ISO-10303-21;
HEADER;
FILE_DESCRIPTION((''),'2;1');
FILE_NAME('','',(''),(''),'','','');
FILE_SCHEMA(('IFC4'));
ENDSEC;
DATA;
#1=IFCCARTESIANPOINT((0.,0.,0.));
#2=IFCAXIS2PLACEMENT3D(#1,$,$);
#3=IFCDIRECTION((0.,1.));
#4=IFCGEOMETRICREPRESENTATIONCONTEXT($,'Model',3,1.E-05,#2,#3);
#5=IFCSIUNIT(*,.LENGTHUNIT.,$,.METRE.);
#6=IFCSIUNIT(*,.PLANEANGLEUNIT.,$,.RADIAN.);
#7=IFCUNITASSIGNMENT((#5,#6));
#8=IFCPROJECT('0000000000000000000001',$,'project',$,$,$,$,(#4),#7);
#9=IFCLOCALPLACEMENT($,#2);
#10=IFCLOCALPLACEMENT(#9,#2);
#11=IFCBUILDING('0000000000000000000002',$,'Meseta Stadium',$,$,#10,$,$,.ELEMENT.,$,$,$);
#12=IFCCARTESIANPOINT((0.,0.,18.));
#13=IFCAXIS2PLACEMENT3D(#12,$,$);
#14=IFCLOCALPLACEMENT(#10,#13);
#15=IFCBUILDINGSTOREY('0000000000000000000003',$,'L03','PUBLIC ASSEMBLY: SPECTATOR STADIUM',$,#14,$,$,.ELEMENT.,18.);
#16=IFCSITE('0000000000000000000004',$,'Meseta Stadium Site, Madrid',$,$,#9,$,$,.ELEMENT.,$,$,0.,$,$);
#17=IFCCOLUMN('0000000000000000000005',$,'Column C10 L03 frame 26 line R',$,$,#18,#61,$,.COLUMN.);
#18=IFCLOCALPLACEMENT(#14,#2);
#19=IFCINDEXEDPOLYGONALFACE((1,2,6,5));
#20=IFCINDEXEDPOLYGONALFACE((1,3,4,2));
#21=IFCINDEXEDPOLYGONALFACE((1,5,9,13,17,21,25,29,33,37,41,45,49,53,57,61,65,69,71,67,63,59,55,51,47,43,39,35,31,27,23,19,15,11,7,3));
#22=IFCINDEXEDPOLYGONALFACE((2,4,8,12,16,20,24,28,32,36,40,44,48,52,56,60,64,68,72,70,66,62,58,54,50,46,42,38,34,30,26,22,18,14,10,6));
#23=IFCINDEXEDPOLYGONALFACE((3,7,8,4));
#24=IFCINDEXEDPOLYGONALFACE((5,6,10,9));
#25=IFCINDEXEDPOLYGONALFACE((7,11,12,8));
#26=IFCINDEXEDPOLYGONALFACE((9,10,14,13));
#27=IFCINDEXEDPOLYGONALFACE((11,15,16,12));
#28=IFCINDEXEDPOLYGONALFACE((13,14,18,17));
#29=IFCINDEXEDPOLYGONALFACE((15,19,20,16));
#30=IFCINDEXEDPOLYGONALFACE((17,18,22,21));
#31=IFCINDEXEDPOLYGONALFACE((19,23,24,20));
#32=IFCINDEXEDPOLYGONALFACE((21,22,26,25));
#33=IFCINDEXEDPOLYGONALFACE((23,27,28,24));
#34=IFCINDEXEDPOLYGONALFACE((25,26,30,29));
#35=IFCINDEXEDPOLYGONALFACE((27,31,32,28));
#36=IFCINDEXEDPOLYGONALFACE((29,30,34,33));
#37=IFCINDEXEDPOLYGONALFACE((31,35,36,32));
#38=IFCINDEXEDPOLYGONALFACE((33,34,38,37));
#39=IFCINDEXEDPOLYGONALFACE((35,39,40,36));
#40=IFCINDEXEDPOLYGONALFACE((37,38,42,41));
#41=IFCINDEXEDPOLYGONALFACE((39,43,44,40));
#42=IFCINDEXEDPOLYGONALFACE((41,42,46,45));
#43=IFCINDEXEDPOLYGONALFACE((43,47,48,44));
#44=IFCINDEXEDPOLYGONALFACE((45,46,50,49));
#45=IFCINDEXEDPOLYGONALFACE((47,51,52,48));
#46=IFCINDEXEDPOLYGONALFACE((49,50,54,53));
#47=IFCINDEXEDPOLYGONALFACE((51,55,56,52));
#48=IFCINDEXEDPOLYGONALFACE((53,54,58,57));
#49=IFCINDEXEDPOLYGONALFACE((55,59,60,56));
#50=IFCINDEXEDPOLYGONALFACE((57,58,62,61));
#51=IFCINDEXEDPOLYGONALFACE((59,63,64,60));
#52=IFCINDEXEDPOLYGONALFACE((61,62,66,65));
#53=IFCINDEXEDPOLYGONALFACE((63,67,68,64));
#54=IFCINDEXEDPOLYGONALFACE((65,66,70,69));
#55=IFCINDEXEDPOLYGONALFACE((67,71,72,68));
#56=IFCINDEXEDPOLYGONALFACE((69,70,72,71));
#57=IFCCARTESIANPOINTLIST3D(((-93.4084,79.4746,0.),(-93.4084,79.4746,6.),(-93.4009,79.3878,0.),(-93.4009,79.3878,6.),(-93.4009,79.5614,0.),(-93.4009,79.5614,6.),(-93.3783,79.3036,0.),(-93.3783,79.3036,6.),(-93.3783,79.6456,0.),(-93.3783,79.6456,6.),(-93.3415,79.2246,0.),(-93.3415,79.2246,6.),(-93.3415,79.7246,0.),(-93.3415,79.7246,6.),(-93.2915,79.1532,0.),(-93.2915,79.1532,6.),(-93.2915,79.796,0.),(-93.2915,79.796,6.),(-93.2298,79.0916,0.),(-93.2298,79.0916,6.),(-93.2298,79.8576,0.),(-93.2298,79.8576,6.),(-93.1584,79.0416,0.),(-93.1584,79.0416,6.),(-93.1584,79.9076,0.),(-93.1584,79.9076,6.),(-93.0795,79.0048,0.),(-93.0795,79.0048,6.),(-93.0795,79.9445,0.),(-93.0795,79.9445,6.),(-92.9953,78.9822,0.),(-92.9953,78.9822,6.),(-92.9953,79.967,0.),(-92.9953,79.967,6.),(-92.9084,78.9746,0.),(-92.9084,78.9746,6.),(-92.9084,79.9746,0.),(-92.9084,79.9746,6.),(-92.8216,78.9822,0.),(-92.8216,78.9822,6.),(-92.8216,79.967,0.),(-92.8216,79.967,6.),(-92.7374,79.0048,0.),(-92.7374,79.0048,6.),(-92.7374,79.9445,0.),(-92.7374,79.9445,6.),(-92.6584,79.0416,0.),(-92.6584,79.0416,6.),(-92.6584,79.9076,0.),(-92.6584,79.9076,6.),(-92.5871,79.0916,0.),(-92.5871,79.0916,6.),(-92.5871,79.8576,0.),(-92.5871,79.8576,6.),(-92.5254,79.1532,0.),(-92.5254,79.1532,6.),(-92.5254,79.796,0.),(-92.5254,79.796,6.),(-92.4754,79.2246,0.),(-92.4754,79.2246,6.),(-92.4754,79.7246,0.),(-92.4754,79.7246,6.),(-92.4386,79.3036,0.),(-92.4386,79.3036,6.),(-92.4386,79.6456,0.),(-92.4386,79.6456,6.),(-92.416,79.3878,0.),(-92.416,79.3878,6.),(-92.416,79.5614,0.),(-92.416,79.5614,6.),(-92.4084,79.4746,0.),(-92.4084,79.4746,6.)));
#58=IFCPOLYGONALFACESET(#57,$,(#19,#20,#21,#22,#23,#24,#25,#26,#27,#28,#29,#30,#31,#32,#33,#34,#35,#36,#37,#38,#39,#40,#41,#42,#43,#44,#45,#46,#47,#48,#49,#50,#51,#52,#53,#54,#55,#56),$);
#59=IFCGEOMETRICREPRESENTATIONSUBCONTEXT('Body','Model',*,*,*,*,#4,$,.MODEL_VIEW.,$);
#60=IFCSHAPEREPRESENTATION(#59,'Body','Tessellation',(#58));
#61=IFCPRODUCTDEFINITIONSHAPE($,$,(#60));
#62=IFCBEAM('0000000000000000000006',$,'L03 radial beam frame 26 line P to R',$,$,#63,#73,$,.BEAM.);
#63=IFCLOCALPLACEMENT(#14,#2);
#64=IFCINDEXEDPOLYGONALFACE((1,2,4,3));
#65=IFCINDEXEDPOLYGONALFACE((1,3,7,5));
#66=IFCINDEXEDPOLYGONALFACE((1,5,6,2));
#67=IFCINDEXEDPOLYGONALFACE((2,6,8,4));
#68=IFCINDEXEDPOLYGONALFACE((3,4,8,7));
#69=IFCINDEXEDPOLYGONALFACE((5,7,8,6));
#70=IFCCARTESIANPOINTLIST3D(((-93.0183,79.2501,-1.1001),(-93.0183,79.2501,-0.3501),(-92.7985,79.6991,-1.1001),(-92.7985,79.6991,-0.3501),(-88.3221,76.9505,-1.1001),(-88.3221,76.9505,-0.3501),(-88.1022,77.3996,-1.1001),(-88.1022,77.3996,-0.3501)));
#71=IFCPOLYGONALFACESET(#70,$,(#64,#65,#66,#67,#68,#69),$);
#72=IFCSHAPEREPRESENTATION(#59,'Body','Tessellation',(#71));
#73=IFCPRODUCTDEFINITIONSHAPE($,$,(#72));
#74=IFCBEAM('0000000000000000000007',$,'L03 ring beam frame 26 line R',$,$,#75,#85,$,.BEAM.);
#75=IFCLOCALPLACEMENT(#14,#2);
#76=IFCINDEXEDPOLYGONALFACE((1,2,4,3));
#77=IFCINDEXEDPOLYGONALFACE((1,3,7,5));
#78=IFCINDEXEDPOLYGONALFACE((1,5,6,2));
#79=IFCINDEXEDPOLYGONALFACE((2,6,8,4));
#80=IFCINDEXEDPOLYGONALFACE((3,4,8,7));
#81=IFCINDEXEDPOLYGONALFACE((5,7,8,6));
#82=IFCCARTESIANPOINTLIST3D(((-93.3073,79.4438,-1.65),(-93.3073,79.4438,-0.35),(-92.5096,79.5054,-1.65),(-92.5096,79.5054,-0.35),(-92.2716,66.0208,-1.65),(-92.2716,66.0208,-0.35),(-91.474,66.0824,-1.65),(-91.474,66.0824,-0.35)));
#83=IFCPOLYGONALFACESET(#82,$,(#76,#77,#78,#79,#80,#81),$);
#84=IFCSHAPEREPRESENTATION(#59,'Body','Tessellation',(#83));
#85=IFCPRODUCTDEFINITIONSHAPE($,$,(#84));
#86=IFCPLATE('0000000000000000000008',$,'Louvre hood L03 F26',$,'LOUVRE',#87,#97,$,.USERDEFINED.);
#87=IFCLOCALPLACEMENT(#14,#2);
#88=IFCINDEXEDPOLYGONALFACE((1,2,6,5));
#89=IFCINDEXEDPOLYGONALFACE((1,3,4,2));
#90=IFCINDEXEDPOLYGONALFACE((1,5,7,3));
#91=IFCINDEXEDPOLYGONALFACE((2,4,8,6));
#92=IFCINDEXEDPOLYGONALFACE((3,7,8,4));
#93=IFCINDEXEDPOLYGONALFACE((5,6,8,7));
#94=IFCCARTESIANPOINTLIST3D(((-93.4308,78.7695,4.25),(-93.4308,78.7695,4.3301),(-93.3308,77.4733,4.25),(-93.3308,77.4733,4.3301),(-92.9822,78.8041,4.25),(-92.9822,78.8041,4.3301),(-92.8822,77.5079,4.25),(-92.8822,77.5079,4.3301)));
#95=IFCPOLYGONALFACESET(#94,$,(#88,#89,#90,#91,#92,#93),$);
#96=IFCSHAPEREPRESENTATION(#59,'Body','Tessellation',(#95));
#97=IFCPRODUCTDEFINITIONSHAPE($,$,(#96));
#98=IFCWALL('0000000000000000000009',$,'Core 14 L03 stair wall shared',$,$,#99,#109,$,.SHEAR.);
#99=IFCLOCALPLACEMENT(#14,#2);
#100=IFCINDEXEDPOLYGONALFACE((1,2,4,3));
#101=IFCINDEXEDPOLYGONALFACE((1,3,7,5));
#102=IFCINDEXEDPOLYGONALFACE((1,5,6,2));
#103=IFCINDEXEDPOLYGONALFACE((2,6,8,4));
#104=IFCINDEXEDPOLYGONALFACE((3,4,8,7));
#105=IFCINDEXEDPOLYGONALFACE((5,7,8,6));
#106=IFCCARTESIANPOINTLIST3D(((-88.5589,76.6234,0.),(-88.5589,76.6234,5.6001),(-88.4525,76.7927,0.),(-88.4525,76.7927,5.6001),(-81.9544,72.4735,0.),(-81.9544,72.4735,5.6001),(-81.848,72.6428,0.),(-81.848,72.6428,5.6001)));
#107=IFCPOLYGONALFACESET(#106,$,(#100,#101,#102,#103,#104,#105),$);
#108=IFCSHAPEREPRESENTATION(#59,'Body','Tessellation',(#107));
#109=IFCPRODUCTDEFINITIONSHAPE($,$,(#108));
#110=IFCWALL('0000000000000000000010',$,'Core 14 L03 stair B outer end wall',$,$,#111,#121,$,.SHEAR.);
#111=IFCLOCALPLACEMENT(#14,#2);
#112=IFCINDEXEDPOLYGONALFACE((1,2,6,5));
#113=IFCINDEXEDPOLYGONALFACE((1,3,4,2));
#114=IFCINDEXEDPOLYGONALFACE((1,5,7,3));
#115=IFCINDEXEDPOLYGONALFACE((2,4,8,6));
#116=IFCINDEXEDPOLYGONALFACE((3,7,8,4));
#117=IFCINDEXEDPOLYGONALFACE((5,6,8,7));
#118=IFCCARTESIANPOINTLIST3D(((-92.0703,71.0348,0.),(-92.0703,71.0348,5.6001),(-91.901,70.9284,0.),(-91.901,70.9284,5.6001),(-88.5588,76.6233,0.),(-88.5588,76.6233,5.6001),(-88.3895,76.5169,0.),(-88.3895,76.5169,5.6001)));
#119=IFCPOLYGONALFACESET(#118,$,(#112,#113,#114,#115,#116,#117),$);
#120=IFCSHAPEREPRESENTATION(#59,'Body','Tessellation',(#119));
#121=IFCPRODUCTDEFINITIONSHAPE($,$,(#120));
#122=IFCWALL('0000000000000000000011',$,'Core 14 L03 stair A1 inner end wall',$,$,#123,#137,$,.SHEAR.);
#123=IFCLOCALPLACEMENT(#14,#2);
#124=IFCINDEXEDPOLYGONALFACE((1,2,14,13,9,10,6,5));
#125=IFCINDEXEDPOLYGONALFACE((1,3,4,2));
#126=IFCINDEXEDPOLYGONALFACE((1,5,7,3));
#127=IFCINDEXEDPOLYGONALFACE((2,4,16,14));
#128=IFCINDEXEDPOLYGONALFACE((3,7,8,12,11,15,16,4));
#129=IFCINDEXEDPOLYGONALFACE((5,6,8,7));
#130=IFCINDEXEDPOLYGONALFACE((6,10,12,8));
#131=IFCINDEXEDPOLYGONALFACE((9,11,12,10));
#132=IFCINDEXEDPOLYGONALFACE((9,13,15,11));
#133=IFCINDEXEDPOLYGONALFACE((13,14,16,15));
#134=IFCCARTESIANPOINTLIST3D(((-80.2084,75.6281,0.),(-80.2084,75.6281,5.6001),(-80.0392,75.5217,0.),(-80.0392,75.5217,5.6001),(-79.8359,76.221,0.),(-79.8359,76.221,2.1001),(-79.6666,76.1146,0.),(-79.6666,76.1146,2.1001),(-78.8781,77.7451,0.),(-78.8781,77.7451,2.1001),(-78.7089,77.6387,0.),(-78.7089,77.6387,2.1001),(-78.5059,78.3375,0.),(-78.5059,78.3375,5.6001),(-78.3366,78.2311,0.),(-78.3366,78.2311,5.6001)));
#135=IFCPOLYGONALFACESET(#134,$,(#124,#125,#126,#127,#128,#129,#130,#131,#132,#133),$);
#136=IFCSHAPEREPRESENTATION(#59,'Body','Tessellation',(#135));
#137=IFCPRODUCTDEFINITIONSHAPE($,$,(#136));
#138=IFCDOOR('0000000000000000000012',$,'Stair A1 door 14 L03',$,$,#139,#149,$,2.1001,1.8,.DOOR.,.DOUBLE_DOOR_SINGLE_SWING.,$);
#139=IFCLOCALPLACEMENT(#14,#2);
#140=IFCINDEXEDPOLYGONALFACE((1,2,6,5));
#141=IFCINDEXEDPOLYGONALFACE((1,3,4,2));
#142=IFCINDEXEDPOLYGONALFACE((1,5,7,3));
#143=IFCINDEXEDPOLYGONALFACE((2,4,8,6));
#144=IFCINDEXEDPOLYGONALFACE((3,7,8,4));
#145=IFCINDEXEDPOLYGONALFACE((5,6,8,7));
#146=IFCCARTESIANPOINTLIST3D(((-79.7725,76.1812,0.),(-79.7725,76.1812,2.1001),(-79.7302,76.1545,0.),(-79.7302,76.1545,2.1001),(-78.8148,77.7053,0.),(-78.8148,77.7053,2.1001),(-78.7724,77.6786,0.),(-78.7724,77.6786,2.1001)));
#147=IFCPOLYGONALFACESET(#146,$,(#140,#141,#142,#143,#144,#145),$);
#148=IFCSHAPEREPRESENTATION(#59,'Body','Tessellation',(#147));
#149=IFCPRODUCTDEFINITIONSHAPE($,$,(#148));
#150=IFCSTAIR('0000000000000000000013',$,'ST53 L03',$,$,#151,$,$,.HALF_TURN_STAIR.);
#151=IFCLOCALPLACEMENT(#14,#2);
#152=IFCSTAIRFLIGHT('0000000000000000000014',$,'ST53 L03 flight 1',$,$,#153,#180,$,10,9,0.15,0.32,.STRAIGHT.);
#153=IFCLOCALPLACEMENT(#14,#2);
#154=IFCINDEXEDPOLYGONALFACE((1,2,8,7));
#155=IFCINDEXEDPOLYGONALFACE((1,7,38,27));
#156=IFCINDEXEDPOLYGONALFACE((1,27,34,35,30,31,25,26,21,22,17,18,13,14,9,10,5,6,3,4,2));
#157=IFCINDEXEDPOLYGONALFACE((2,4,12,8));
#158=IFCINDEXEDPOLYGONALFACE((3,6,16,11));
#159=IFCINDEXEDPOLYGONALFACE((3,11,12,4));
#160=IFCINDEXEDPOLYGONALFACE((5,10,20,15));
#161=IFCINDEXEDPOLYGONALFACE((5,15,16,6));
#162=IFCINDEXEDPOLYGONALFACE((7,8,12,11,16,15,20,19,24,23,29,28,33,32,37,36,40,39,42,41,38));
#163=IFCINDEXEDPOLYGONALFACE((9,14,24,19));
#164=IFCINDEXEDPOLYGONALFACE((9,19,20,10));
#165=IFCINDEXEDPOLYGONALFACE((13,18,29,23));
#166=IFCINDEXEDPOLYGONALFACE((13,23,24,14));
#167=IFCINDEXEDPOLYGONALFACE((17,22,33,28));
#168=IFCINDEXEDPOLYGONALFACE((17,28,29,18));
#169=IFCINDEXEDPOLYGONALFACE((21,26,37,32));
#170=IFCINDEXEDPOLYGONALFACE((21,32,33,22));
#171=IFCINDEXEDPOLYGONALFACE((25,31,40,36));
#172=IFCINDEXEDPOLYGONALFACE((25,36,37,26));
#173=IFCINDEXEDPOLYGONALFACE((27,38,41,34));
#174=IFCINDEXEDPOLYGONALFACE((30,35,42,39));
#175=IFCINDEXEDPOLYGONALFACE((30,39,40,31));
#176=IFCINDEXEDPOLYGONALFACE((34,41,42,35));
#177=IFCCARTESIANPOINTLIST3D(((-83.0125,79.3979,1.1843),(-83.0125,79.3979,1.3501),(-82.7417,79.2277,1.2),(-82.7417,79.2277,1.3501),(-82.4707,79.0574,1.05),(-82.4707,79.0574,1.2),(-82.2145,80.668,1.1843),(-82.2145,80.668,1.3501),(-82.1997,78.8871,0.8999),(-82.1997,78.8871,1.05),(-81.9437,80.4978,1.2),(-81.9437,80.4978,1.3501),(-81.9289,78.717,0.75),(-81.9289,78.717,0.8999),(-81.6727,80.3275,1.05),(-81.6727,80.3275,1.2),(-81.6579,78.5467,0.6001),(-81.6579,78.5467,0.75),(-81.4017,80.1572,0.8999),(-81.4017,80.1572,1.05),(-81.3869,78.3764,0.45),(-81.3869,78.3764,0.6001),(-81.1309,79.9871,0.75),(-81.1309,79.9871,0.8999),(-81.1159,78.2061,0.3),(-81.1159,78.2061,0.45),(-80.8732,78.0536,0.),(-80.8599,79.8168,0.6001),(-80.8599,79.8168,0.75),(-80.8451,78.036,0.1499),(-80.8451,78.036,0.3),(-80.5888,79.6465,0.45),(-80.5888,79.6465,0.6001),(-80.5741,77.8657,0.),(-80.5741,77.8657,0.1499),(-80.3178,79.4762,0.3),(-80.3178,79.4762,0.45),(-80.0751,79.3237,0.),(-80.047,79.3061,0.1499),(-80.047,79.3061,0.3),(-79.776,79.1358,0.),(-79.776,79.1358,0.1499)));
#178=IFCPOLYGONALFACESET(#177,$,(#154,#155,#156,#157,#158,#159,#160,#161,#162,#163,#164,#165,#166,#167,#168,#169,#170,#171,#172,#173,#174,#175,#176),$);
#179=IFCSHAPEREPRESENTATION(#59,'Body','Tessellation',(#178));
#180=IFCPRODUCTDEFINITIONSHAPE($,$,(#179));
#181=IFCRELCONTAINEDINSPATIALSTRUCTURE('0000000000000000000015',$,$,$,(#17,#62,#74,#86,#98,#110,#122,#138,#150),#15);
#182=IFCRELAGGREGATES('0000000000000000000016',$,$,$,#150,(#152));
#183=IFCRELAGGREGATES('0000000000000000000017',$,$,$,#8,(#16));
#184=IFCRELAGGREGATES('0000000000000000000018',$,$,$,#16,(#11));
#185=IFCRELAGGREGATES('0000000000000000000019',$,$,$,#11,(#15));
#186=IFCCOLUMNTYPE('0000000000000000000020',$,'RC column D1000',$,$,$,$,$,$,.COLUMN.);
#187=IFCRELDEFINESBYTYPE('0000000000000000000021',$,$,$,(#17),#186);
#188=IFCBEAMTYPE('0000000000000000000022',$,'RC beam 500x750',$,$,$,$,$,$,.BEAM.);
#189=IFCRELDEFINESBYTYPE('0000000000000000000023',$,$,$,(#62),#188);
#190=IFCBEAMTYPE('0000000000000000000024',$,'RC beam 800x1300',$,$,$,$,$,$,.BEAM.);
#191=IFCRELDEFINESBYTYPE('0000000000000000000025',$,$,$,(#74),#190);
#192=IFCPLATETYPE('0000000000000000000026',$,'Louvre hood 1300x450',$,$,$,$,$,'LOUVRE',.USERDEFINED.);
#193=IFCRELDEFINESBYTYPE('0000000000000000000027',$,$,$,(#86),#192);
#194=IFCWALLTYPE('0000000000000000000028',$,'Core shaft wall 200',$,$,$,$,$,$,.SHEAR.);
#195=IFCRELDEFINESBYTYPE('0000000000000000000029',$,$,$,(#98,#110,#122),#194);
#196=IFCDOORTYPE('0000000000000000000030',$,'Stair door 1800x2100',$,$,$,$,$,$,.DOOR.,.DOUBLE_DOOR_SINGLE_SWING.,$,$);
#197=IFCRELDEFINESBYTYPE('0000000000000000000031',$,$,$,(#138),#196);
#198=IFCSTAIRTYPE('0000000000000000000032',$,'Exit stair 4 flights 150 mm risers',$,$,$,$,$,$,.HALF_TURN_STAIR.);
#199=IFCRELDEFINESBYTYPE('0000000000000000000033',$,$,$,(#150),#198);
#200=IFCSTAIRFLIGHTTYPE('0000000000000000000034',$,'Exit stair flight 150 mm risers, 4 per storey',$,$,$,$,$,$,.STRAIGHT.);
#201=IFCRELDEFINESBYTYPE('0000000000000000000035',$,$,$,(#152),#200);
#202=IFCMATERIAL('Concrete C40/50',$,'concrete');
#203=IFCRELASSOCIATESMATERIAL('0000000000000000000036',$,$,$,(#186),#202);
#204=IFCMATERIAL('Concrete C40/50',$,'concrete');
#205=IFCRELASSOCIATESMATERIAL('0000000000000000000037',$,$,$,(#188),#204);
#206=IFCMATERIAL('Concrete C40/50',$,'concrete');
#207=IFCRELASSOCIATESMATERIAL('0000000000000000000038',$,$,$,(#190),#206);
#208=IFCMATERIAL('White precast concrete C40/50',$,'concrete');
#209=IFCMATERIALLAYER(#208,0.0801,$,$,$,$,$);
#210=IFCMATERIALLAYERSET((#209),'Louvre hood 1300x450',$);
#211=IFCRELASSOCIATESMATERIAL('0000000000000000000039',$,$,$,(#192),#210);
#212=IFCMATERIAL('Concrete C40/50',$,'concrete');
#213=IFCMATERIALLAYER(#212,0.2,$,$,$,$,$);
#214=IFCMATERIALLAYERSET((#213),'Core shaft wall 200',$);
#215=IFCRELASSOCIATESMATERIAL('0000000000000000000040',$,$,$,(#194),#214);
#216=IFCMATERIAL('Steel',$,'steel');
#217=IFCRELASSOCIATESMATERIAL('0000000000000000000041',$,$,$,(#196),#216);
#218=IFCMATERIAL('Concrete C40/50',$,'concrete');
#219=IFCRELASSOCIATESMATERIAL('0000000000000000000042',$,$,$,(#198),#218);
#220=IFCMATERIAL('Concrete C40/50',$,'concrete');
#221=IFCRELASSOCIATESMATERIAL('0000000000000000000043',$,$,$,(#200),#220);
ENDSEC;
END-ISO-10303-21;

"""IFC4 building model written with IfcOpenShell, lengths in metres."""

from ifc_helpers import new_model, si_unit, direction, frame, frame_2d, origin, origin_2d, place, context, subcontext, project, spatial, polyline, rectangle, circle, outline, extrude, material, layer, layer_set, material_profile, profile_set, type_object, element, fill, aggregate, save


model = new_model("IFC4")

# Units and contexts
model_context = context("Model", 3, precision=1e-05, world=origin(), true_north=direction((0.0, 1.0)))
body_context = subcontext(model_context, "Body", "Model", "MODEL_VIEW")
ifc_project = project(units=[si_unit("LENGTHUNIT", "METRE"), si_unit("PLANEANGLEUNIT", "RADIAN")], contexts=[model_context])

# Site, building, storey
site_placement = place(None, origin())
site = spatial("IfcSite", under=ifc_project, at=site_placement, Name="Meseta Stadium Site, Madrid", CompositionType="ELEMENT", RefElevation=0.0)
building_placement = place(site_placement, origin())
building = spatial("IfcBuilding", under=site, at=building_placement, Name="Meseta Stadium", CompositionType="ELEMENT")
storey_placement = place(building_placement, frame((0.0, 0.0, 18.0)))
storey = spatial("IfcBuildingStorey", under=building, at=storey_placement, Name="L03", Description="PUBLIC ASSEMBLY: SPECTATOR STADIUM", CompositionType="ELEMENT", Elevation=18.0)

# Column
ifc_material_1 = material(Name="Concrete C40/50", Category="concrete")
ifc_material_profile_1 = material_profile(ifc_material_1, circle(Radius=0.5, at=origin_2d()), Name="RC D1000")
ifc_profile_set_1 = profile_set([ifc_material_profile_1], Name="Concrete C40/50")
column_type = type_object("IfcColumnType", Name="RC column D1000", PredefinedType="COLUMN", material=ifc_profile_set_1)
column_placement = place(storey_placement, frame((-92.9084, 79.4746, 0.0), z_axis=(0.0, 0.0, 1.0), x_axis=(1.0, 0.0, 0.0)))
element("IfcColumn", 1, at=column_placement, inside=storey, type_object=column_type, Name="Column C10 L03 frame 26 line R", PredefinedType="COLUMN", context=body_context, shape_type="SweptSolid", body=[
    extrude(circle(Radius=0.5, at=origin_2d()), origin(), (0.0, 0.0, 1.0), 6.0),
])

# Beams
ifc_material_2 = material(Name="Concrete C40/50", Category="concrete")
ifc_material_profile_2 = material_profile(ifc_material_2, rectangle(XDim=0.5, YDim=0.75, at=origin_2d()), Name="RC 500x750")
ifc_profile_set_2 = profile_set([ifc_material_profile_2], Name="Concrete C40/50")
beam_type_1 = type_object("IfcBeamType", Name="RC beam 500x750", PredefinedType="BEAM", material=ifc_profile_set_2)
beam_1_placement = place(storey_placement, frame((-88.2122, 77.175, -0.7251), z_axis=(-0.898113, 0.439765, 0.0), x_axis=(-0.439765, -0.898113, 0.0)))
element("IfcBeam", 2, at=beam_1_placement, inside=storey, type_object=beam_type_1, Name="L03 radial beam frame 26 line P to R", PredefinedType="BEAM", context=body_context, shape_type="SweptSolid", body=[
    extrude(rectangle(XDim=0.5, YDim=0.75, at=origin_2d()), origin(), (0.0, 0.0, 1.0), 5.229),
])
ifc_material_3 = material(Name="Concrete C40/50", Category="concrete")
ifc_material_profile_3 = material_profile(ifc_material_3, rectangle(XDim=0.8, YDim=1.3, at=origin_2d()), Name="RC 800x1300")
ifc_profile_set_3 = profile_set([ifc_material_profile_3], Name="Concrete C40/50")
beam_type_2 = type_object("IfcBeamType", Name="RC beam 800x1300", PredefinedType="BEAM", material=ifc_profile_set_3)
beam_2_placement = place(storey_placement, frame((-92.9084, 79.4746, -1.0), z_axis=(0.076925, -0.997037, 0.0), x_axis=(0.997037, 0.076925, 0.0)))
element("IfcBeam", 3, at=beam_2_placement, inside=storey, type_object=beam_type_2, Name="L03 ring beam frame 26 line R", PredefinedType="BEAM", context=body_context, shape_type="SweptSolid", body=[
    extrude(rectangle(XDim=0.8, YDim=1.3, at=origin_2d()), origin(), (0.0, 0.0, 1.0), 13.4629),
])

# Plate
ifc_material_4 = material(Name="White precast concrete C40/50", Category="concrete")
ifc_layer_1 = layer(ifc_material_4, 0.0801)
ifc_layer_set_1 = layer_set([ifc_layer_1], Name="Louvre hood 1300x450")
plate_type = type_object("IfcPlateType", Name="Louvre hood 1300x450", ElementType="LOUVRE", PredefinedType="USERDEFINED", material=ifc_layer_set_1)
plate_placement = place(storey_placement, frame((-93.1565, 78.1387, 4.25), z_axis=(0.0, 0.0, 1.0), x_axis=(0.076937, -0.997036, 0.0)))
element("IfcPlate", 4, at=plate_placement, inside=storey, type_object=plate_type, Name="Louvre hood L03 F26", ObjectType="LOUVRE", PredefinedType="USERDEFINED", context=body_context, shape_type="SweptSolid", body=[
    extrude(rectangle(XDim=1.3, YDim=0.45, at=origin_2d()), origin(), (0.0, 0.0, 1.0), 0.0801),
])

# Walls
ifc_material_5 = material(Name="Concrete C40/50", Category="concrete")
ifc_layer_2 = layer(ifc_material_5, 0.2)
ifc_layer_set_2 = layer_set([ifc_layer_2], Name="Core shaft wall 200")
wall_type = type_object("IfcWallType", Name="Core shaft wall 200", PredefinedType="SHEAR", material=ifc_layer_set_2)
wall_1_placement = place(storey_placement, frame((-88.5056, 76.708, 0.0), z_axis=(0.0, 0.0, 1.0), x_axis=(0.846723, -0.532034, 0.0)))
element("IfcWall", 5, at=wall_1_placement, inside=storey, type_object=wall_type, Name="Core 14 L03 stair wall shared", PredefinedType="SHEAR", context=body_context, shape_type="SweptSolid", body=[
    extrude(rectangle(XDim=7.8, YDim=0.2, at=frame_2d((3.8999, 0.0))), origin(), (0.0, 0.0, 1.0), 5.6001),
])
wall_2_placement = place(storey_placement, frame((-88.4741, 76.5701, 0.0), z_axis=(0.0, 0.0, 1.0), x_axis=(-0.532039, -0.84672, 0.0)))
element("IfcWall", 6, at=wall_2_placement, inside=storey, type_object=wall_type, Name="Core 14 L03 stair B outer end wall", PredefinedType="SHEAR", context=body_context, shape_type="SweptSolid", body=[
    extrude(rectangle(XDim=6.6001, YDim=0.2, at=frame_2d((3.3, 0.0))), origin(), (0.0, 0.0, 1.0), 5.6001),
])

# Wall, opening, door
wall_3_placement = place(storey_placement, frame((-78.4211, 78.2844, 0.0), z_axis=(0.0, 0.0, 1.0), x_axis=(-0.532068, -0.846701, 0.0)))
wall_3 = element("IfcWall", 7, at=wall_3_placement, inside=storey, type_object=wall_type, Name="Core 14 L03 stair A1 inner end wall", PredefinedType="SHEAR", context=body_context, shape_type="SweptSolid", body=[
    extrude(rectangle(XDim=3.2, YDim=0.2, at=frame_2d((1.6001, 0.0))), origin(), (0.0, 0.0, 1.0), 5.6001),
])
opening_placement = place(wall_3_placement, frame((0.7, 0.0, 0.0)))
opening = element("IfcOpeningElement", 8, at=opening_placement, cuts=wall_3, PredefinedType="OPENING", context=body_context, shape_type="SweptSolid", body=[
    extrude(rectangle(XDim=1.8, YDim=2.1001, at=frame_2d((0.8999, 1.05))), frame((0.0, 0.1099, 0.0), z_axis=(0.0, -1.0, 0.0), x_axis=(1.0, 0.0, 0.0)), (0.0, 0.0, 1.0), 0.22),
])
ifc_material_6 = material(Name="Steel", Category="steel")
door_type = type_object("IfcDoorType", Name="Stair door 1800x2100", OperationType="DOUBLE_DOOR_SINGLE_SWING", PredefinedType="DOOR", material=ifc_material_6)
door_placement = place(opening_placement, origin())
door = element("IfcDoor", 9, at=door_placement, inside=storey, type_object=door_type, Name="Stair A1 door 14 L03", OperationType="DOUBLE_DOOR_SINGLE_SWING", OverallHeight=2.1001, OverallWidth=1.8, PredefinedType="DOOR", context=body_context, shape_type="SweptSolid", body=[
    extrude(rectangle(XDim=1.8, YDim=2.1001, at=frame_2d((0.8999, 1.05))), frame((0.0, 0.0249, 0.0), z_axis=(0.0, -1.0, 0.0), x_axis=(1.0, 0.0, 0.0)), (0.0, 0.0, 1.0), 0.05),
])
fill(opening, door)

# Stair, stair flight
ifc_material_7 = material(Name="Concrete C40/50", Category="concrete")
stair_type = type_object("IfcStairType", Name="Exit stair 4 flights 150 mm risers", PredefinedType="HALF_TURN_STAIR", material=ifc_material_7)
stair_placement = place(storey_placement, origin())
stair = element("IfcStair", 10, at=stair_placement, inside=storey, type_object=stair_type, Name="ST53 L03", PredefinedType="HALF_TURN_STAIR")
ifc_material_8 = material(Name="Concrete C40/50", Category="concrete")
stair_flight_type = type_object("IfcStairFlightType", Name="Exit stair flight 150 mm risers, 4 per storey", PredefinedType="STRAIGHT", material=ifc_material_8)
stair_flight_1_placement = place(storey_placement, frame((-80.175, 78.5007, 0.0), z_axis=(0.0, 0.0, 1.0), x_axis=(-0.846724, 0.532032, 0.0)))
stair_flight_1 = element("IfcStairFlight", 11, at=stair_flight_1_placement, type_object=stair_flight_type, Name="ST53 L03 flight 1", NumberOfRisers=10, NumberOfTreads=9, PredefinedType="STRAIGHT", RiserHeight=0.15, TreadLength=0.32, context=body_context, shape_type="SweptSolid", body=[
    extrude(outline(polyline([(0.0, 0.0), (0.0, 0.1499), (0.3201, 0.1499), (0.3201, 0.3), (0.6399, 0.3), (0.6399, 0.45), (0.96, 0.45), (0.96, 0.6001), (1.28, 0.6001), (1.28, 0.75), (1.6001, 0.75), (1.6001, 0.8999), (1.9199, 0.8999), (1.9199, 1.05), (2.24, 1.05), (2.24, 1.2), (2.5601, 1.2), (2.5601, 1.3501), (2.8799, 1.3501), (2.8799, 1.1843), (0.3533, 0.0), (0.0, 0.0)])), frame((0.0, 0.75, 0.0), z_axis=(0.0, -1.0, 0.0), x_axis=(1.0, 0.0, 0.0)), (0.0, 0.0, 1.0), 1.5),
])
aggregate(stair, [stair_flight_1])

save(model, "model.ifc")
